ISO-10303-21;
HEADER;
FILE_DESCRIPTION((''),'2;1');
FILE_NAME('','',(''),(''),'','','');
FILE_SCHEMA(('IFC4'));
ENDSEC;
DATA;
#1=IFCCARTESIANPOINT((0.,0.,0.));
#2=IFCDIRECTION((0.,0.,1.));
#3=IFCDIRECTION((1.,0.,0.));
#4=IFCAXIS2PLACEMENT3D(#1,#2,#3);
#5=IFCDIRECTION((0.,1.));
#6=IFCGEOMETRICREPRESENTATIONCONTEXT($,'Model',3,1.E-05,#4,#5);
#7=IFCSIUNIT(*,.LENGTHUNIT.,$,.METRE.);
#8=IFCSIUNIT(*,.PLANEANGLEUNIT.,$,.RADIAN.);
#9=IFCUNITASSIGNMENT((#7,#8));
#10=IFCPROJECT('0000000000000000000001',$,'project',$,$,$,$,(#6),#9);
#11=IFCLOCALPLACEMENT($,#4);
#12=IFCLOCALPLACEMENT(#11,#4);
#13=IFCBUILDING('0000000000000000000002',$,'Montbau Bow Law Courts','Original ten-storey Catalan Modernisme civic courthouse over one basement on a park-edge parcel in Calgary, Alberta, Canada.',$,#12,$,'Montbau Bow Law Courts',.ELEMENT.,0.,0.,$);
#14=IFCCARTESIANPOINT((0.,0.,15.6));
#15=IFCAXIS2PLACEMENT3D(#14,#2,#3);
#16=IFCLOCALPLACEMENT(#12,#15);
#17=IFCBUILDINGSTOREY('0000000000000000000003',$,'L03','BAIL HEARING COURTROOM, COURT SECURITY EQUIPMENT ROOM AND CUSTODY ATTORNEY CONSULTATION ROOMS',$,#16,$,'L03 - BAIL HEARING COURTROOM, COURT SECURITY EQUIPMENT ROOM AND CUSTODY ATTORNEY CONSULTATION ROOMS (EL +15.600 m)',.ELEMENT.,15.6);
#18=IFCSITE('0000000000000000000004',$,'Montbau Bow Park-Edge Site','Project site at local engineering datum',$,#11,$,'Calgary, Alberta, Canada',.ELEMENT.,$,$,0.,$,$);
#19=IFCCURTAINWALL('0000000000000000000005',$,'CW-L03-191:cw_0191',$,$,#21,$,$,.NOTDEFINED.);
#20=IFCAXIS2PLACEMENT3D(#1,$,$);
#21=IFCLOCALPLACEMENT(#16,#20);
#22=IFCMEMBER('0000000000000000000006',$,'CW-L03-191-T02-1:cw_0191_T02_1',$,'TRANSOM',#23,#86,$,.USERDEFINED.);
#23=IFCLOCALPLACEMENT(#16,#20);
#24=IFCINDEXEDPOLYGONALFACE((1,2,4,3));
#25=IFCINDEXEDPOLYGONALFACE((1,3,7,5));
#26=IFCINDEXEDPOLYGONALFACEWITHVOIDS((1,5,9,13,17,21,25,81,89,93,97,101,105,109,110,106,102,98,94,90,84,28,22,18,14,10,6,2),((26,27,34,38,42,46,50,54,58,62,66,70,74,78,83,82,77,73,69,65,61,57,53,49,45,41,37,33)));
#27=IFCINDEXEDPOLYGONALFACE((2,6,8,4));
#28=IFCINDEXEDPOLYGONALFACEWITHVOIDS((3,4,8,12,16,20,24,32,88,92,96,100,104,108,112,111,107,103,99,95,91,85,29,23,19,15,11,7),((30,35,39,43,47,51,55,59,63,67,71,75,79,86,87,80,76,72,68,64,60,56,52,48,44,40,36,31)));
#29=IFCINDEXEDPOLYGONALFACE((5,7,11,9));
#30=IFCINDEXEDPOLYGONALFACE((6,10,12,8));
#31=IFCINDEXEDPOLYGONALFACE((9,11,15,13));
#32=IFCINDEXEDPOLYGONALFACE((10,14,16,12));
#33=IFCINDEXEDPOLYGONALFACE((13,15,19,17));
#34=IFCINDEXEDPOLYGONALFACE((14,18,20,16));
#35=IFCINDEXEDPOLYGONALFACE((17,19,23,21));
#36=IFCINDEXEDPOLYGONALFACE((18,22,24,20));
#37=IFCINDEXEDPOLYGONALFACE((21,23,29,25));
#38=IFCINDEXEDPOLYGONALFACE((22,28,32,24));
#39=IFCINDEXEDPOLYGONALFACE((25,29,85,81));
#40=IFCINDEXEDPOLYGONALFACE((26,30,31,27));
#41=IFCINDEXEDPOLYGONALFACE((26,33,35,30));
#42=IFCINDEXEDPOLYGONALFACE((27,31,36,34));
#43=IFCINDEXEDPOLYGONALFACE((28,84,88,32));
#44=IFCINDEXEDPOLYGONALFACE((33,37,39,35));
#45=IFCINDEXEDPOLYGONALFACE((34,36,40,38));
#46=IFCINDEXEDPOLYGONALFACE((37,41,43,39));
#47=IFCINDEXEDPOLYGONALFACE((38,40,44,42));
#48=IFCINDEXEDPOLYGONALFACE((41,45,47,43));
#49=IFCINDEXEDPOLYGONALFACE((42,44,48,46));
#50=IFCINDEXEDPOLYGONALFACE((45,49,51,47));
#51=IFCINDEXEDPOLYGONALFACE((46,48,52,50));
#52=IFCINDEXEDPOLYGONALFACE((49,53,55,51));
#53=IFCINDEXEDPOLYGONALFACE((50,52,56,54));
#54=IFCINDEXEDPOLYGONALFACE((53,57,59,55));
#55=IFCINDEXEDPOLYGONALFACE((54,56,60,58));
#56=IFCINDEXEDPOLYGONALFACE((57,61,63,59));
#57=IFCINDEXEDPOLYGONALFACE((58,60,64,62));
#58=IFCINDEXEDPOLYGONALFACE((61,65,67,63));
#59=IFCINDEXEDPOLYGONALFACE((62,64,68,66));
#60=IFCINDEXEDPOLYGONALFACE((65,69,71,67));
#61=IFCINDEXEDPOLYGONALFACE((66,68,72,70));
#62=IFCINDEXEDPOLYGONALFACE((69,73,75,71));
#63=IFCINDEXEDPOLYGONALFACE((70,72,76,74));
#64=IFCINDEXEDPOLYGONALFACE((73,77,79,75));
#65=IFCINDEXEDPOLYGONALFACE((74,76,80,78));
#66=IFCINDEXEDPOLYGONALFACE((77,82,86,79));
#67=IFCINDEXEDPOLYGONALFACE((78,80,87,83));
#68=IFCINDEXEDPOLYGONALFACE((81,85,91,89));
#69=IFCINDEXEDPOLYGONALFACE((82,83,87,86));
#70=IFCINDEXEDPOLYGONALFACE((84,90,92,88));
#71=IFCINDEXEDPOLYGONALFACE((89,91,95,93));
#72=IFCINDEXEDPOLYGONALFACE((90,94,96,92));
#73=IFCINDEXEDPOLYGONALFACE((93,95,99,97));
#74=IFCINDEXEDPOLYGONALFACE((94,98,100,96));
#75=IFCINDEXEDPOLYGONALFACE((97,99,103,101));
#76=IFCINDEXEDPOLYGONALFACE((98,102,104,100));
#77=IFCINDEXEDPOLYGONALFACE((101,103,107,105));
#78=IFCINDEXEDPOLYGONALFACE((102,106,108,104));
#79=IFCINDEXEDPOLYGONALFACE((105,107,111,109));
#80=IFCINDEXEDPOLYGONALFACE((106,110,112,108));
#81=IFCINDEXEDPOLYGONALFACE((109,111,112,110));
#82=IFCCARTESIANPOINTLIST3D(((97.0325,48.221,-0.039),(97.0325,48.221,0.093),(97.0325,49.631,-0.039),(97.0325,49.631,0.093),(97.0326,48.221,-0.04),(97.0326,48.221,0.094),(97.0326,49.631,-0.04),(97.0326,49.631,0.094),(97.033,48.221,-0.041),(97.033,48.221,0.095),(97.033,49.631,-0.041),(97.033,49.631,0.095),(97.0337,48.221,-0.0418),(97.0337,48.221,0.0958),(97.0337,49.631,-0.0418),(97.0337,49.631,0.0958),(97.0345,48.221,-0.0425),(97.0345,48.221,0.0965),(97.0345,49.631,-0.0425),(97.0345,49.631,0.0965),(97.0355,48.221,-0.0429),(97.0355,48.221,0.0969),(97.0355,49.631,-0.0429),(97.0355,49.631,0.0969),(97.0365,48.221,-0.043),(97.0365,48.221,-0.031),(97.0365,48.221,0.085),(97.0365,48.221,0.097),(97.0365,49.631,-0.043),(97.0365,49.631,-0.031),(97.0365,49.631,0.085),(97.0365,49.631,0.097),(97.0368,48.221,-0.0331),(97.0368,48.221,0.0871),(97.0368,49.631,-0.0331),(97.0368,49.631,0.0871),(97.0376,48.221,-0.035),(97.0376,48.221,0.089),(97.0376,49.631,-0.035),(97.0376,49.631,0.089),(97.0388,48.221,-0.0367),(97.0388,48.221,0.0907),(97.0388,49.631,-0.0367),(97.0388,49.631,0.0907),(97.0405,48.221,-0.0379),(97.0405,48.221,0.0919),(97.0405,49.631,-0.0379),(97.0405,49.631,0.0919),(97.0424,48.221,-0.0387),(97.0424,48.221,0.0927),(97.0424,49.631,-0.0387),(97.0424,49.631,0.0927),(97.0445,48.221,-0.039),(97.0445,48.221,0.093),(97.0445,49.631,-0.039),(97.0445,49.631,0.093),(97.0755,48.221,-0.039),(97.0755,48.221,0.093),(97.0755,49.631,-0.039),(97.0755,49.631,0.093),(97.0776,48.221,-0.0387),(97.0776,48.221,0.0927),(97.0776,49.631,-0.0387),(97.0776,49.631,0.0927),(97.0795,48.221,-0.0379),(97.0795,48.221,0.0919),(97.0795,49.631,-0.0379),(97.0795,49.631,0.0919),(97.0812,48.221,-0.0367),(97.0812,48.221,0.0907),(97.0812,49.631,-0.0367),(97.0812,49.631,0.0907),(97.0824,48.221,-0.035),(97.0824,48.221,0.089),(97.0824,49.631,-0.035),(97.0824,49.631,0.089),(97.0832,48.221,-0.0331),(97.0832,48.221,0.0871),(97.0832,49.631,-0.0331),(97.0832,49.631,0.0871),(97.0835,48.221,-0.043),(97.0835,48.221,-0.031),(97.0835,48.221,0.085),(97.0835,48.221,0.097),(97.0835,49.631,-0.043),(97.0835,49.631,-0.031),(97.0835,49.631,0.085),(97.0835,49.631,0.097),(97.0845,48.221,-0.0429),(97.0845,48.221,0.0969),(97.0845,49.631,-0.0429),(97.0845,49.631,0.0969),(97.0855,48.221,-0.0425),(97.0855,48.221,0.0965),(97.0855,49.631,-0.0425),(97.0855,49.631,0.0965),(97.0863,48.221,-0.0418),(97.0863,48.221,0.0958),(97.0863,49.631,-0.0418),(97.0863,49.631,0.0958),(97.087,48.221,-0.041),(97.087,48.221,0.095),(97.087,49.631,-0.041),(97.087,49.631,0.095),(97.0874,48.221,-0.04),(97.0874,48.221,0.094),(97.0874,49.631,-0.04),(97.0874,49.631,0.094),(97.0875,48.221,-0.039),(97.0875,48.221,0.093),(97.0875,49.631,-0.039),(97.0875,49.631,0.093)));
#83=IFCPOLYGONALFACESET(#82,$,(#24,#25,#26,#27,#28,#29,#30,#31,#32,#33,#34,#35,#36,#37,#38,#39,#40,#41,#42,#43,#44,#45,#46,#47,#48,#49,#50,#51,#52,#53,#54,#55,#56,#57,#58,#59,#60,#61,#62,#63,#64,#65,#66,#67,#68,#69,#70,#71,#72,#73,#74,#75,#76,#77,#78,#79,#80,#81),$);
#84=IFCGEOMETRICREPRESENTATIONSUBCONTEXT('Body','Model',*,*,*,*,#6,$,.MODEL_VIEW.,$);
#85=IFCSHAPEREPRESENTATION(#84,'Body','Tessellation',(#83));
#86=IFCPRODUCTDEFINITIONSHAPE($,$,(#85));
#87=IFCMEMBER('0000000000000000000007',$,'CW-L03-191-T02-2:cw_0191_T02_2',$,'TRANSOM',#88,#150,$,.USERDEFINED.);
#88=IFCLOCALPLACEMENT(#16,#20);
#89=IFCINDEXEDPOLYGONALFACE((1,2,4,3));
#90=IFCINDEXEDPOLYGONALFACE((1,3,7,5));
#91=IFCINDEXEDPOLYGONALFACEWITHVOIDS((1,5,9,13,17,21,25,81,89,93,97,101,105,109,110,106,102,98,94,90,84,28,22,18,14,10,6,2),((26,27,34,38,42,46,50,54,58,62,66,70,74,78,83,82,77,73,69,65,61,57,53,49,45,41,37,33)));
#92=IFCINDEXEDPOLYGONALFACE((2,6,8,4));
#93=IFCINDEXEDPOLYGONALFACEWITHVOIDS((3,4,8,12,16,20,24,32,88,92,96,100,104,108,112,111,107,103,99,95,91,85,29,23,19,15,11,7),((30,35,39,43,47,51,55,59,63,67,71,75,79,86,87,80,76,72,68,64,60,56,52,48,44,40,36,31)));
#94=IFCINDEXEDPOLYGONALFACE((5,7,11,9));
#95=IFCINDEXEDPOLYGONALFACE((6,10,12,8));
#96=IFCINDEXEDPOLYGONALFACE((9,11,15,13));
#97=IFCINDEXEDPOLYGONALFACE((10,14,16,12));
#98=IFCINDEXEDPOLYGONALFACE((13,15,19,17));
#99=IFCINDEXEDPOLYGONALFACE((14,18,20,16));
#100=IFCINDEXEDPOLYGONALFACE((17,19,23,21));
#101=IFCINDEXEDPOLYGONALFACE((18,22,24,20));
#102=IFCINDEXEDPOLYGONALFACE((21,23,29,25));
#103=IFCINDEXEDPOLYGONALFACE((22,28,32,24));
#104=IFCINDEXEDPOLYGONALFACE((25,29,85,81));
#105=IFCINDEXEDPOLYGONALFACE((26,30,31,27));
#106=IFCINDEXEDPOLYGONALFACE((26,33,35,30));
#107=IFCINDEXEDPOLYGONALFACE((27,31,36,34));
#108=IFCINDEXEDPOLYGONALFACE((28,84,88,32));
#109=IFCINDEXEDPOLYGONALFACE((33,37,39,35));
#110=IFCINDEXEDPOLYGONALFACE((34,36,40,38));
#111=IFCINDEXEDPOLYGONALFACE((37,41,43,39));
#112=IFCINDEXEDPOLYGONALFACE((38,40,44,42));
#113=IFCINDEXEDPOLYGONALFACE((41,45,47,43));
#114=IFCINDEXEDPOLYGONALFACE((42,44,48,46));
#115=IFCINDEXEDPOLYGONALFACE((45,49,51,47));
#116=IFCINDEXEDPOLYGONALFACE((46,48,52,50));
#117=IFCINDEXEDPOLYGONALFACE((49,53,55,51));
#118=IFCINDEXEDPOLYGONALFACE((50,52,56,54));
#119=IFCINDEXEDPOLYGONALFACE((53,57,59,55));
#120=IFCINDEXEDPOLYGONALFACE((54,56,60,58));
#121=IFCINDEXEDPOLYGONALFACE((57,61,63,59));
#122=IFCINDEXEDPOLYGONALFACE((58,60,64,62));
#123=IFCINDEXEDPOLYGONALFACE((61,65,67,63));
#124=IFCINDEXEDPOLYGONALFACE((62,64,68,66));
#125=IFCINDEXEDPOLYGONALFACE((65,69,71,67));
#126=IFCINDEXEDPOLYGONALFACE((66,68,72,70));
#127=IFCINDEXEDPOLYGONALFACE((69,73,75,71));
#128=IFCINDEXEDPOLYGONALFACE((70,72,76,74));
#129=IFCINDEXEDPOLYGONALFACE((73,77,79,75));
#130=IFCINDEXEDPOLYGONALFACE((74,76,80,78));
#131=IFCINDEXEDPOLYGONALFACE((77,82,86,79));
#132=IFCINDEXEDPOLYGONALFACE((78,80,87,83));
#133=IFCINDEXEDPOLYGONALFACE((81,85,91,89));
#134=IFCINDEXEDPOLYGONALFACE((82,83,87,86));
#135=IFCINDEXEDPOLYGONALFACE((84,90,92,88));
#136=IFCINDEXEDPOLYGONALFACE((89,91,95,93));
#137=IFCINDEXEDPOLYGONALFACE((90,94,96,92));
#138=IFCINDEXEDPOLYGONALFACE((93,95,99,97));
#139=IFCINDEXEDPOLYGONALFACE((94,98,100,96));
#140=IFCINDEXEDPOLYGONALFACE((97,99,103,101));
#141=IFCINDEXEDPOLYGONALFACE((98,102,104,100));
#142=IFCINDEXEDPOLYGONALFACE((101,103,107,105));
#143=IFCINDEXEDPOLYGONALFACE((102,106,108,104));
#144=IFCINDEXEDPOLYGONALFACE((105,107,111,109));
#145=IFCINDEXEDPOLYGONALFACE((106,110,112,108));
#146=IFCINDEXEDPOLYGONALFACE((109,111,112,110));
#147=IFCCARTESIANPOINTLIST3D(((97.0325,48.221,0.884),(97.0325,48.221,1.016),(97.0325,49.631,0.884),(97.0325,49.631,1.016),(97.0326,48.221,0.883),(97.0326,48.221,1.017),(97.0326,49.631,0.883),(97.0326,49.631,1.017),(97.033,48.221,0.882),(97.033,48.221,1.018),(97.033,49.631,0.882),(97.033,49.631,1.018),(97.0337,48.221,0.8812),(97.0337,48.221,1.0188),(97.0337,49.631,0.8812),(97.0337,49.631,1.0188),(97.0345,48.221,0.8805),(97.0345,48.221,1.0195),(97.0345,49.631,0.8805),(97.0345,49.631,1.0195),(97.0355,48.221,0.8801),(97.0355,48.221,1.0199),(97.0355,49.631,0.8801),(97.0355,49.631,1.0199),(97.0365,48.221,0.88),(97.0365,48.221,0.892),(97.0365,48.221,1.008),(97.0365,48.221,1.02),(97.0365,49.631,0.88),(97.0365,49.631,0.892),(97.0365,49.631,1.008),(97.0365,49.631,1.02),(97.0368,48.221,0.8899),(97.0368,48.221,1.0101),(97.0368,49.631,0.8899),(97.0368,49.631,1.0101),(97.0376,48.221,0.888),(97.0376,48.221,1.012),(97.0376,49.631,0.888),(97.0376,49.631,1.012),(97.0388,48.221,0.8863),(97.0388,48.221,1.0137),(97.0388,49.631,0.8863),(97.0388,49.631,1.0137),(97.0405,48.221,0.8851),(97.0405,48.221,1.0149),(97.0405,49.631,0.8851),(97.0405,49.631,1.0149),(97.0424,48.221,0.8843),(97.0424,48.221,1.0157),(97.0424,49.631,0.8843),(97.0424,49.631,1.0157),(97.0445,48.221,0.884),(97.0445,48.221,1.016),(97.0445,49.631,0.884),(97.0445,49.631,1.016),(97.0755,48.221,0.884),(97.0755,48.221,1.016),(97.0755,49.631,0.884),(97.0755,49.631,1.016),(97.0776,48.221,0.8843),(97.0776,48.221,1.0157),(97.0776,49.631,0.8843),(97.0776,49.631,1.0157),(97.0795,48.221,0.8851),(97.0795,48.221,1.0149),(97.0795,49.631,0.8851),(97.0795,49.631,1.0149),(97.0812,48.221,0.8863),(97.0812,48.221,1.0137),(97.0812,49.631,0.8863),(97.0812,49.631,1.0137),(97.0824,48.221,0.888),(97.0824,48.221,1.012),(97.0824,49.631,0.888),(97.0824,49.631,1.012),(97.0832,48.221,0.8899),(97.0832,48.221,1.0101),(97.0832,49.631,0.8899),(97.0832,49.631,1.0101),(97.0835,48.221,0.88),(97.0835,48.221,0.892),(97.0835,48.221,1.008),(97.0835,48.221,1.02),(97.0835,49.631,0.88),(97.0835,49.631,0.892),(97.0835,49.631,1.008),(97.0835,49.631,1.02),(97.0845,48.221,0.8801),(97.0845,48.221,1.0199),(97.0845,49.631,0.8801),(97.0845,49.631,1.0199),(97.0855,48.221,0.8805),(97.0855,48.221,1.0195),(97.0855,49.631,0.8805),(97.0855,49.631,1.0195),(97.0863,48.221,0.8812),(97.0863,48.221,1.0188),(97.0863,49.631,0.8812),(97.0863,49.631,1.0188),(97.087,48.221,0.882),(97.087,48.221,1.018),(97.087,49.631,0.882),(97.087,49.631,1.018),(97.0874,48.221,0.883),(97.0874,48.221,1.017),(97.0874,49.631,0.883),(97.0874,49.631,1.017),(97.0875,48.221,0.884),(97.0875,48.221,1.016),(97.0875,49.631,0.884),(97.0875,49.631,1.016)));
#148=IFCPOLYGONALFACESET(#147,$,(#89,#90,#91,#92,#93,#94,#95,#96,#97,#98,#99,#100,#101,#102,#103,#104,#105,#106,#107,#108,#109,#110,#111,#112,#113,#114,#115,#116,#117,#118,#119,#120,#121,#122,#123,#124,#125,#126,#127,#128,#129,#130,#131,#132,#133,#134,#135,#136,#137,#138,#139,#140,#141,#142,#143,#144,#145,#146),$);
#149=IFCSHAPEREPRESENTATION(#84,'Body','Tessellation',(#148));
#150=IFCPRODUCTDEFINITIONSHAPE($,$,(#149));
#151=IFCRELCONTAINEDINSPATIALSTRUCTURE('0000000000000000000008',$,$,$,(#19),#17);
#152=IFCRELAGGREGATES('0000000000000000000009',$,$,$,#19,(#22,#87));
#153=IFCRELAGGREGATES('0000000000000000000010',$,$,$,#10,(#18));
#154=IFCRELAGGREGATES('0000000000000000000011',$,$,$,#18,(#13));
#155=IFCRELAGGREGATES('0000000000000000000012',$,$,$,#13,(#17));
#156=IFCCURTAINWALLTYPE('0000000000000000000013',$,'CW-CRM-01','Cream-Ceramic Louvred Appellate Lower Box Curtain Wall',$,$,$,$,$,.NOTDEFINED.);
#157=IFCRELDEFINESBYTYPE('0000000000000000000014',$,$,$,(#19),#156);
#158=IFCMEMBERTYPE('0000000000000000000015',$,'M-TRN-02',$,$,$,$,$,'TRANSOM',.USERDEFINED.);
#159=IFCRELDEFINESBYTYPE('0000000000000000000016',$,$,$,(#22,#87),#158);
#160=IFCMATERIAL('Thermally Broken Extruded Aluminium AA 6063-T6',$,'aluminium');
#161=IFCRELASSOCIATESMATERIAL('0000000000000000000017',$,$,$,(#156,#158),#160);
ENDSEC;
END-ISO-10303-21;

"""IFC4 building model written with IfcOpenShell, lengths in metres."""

from ifc_helpers import new_model, si_unit, direction, frame, origin_with_axes, origin_2d_with_axis, place, context, subcontext, project, spatial, hollow_rectangle, extrude, material, material_profile, profile_set, type_object, element, aggregate, save


model = new_model("IFC4")

# Units and contexts
model_context = context("Model", 3, precision=1e-05, world=origin_with_axes(), true_north=direction((0.0, 1.0)))
body_context = subcontext(model_context, "Body", "Model", "MODEL_VIEW")
ifc_project = project(units=[si_unit("LENGTHUNIT", "METRE"), si_unit("PLANEANGLEUNIT", "RADIAN")], contexts=[model_context])

# Site, building, storey
site_placement = place(None, origin_with_axes())
site = spatial("IfcSite", under=ifc_project, at=site_placement, Name="Montbau Bow Park-Edge Site", Description="Project site at local engineering datum", LongName="Calgary, Alberta, Canada", CompositionType="ELEMENT", RefElevation=0.0)
building_placement = place(site_placement, origin_with_axes())
building = spatial("IfcBuilding", under=site, at=building_placement, Name="Montbau Bow Law Courts", Description="Original ten-storey Catalan Modernisme civic courthouse over one basement on a park-edge parcel in Calgary, Alberta, Canada.", LongName="Montbau Bow Law Courts", CompositionType="ELEMENT", ElevationOfRefHeight=0.0, ElevationOfTerrain=0.0)
storey_placement = place(building_placement, frame((0.0, 0.0, 15.6), z_axis=(0.0, 0.0, 1.0), x_axis=(1.0, 0.0, 0.0)))
storey = spatial("IfcBuildingStorey", under=building, at=storey_placement, Name="L03", Description="BAIL HEARING COURTROOM, COURT SECURITY EQUIPMENT ROOM AND CUSTODY ATTORNEY CONSULTATION ROOMS", LongName="L03 - BAIL HEARING COURTROOM, COURT SECURITY EQUIPMENT ROOM AND CUSTODY ATTORNEY CONSULTATION ROOMS (EL +15.600 m)", CompositionType="ELEMENT", Elevation=15.6)

# Curtain wall
ifc_material_1 = material(Name="Thermally Broken Extruded Aluminium AA 6063-T6", Category="aluminium")
curtain_wall_type = type_object("IfcCurtainWallType", Name="CW-CRM-01", Description="Cream-Ceramic Louvred Appellate Lower Box Curtain Wall", PredefinedType="NOTDEFINED", material=ifc_material_1)
curtain_wall_1_placement = place(None, frame((97.06, 46.715, 15.6), z_axis=(0.0, 0.0, 1.0), x_axis=(1.0, 0.0, 0.0)))
curtain_wall_1 = element("IfcCurtainWall", 1, at=curtain_wall_1_placement, inside=storey, type_object=curtain_wall_type, Name="CW-L03-191:cw_0191", PredefinedType="NOTDEFINED")

# Members
ifc_material_profile_1 = material_profile(ifc_material_1, hollow_rectangle(XDim=0.055, YDim=0.14, WallThickness=0.004, InnerFilletRadius=0.008, OuterFilletRadius=0.004, at=origin_2d_with_axis()), Name="CWT-140X55", Category="Main", Priority=0)
ifc_profile_set_1 = profile_set([ifc_material_profile_1], Name="Thermally Broken Extruded Aluminium AA 6063-T6")
member_type_1 = type_object("IfcMemberType", Name="M-TRN-02", ElementType="TRANSOM", PredefinedType="USERDEFINED", material=ifc_profile_set_1)
member_1_placement = place(None, frame((97.06, 48.221, 15.627), z_axis=(0.0, 1.0, 0.0), x_axis=(-1.0, 0.0, 0.0)))
member_1 = element("IfcMember", 2, at=member_1_placement, type_object=member_type_1, Name="CW-L03-191-T02-1:cw_0191_T02_1", ObjectType="TRANSOM", PredefinedType="USERDEFINED", context=body_context, shape_type="SweptSolid", body=[
    extrude(hollow_rectangle(XDim=0.055, YDim=0.14, WallThickness=0.004, InnerFilletRadius=0.008, OuterFilletRadius=0.004, at=origin_2d_with_axis()), origin_with_axes(), (0.0, 0.0, 1.0), 1.41),
])
member_2_placement = place(None, frame((97.06, 48.221, 16.55), z_axis=(0.0, 1.0, 0.0), x_axis=(-1.0, 0.0, 0.0)))
member_2 = element("IfcMember", 3, at=member_2_placement, type_object=member_type_1, Name="CW-L03-191-T02-2:cw_0191_T02_2", ObjectType="TRANSOM", PredefinedType="USERDEFINED", context=body_context, shape_type="SweptSolid", body=[
    extrude(hollow_rectangle(XDim=0.055, YDim=0.14, WallThickness=0.004, InnerFilletRadius=0.008, OuterFilletRadius=0.004, at=origin_2d_with_axis()), origin_with_axes(), (0.0, 0.0, 1.0), 1.41),
])

aggregate(curtain_wall_1, [member_1, member_2])

save(model, "model.ifc")
